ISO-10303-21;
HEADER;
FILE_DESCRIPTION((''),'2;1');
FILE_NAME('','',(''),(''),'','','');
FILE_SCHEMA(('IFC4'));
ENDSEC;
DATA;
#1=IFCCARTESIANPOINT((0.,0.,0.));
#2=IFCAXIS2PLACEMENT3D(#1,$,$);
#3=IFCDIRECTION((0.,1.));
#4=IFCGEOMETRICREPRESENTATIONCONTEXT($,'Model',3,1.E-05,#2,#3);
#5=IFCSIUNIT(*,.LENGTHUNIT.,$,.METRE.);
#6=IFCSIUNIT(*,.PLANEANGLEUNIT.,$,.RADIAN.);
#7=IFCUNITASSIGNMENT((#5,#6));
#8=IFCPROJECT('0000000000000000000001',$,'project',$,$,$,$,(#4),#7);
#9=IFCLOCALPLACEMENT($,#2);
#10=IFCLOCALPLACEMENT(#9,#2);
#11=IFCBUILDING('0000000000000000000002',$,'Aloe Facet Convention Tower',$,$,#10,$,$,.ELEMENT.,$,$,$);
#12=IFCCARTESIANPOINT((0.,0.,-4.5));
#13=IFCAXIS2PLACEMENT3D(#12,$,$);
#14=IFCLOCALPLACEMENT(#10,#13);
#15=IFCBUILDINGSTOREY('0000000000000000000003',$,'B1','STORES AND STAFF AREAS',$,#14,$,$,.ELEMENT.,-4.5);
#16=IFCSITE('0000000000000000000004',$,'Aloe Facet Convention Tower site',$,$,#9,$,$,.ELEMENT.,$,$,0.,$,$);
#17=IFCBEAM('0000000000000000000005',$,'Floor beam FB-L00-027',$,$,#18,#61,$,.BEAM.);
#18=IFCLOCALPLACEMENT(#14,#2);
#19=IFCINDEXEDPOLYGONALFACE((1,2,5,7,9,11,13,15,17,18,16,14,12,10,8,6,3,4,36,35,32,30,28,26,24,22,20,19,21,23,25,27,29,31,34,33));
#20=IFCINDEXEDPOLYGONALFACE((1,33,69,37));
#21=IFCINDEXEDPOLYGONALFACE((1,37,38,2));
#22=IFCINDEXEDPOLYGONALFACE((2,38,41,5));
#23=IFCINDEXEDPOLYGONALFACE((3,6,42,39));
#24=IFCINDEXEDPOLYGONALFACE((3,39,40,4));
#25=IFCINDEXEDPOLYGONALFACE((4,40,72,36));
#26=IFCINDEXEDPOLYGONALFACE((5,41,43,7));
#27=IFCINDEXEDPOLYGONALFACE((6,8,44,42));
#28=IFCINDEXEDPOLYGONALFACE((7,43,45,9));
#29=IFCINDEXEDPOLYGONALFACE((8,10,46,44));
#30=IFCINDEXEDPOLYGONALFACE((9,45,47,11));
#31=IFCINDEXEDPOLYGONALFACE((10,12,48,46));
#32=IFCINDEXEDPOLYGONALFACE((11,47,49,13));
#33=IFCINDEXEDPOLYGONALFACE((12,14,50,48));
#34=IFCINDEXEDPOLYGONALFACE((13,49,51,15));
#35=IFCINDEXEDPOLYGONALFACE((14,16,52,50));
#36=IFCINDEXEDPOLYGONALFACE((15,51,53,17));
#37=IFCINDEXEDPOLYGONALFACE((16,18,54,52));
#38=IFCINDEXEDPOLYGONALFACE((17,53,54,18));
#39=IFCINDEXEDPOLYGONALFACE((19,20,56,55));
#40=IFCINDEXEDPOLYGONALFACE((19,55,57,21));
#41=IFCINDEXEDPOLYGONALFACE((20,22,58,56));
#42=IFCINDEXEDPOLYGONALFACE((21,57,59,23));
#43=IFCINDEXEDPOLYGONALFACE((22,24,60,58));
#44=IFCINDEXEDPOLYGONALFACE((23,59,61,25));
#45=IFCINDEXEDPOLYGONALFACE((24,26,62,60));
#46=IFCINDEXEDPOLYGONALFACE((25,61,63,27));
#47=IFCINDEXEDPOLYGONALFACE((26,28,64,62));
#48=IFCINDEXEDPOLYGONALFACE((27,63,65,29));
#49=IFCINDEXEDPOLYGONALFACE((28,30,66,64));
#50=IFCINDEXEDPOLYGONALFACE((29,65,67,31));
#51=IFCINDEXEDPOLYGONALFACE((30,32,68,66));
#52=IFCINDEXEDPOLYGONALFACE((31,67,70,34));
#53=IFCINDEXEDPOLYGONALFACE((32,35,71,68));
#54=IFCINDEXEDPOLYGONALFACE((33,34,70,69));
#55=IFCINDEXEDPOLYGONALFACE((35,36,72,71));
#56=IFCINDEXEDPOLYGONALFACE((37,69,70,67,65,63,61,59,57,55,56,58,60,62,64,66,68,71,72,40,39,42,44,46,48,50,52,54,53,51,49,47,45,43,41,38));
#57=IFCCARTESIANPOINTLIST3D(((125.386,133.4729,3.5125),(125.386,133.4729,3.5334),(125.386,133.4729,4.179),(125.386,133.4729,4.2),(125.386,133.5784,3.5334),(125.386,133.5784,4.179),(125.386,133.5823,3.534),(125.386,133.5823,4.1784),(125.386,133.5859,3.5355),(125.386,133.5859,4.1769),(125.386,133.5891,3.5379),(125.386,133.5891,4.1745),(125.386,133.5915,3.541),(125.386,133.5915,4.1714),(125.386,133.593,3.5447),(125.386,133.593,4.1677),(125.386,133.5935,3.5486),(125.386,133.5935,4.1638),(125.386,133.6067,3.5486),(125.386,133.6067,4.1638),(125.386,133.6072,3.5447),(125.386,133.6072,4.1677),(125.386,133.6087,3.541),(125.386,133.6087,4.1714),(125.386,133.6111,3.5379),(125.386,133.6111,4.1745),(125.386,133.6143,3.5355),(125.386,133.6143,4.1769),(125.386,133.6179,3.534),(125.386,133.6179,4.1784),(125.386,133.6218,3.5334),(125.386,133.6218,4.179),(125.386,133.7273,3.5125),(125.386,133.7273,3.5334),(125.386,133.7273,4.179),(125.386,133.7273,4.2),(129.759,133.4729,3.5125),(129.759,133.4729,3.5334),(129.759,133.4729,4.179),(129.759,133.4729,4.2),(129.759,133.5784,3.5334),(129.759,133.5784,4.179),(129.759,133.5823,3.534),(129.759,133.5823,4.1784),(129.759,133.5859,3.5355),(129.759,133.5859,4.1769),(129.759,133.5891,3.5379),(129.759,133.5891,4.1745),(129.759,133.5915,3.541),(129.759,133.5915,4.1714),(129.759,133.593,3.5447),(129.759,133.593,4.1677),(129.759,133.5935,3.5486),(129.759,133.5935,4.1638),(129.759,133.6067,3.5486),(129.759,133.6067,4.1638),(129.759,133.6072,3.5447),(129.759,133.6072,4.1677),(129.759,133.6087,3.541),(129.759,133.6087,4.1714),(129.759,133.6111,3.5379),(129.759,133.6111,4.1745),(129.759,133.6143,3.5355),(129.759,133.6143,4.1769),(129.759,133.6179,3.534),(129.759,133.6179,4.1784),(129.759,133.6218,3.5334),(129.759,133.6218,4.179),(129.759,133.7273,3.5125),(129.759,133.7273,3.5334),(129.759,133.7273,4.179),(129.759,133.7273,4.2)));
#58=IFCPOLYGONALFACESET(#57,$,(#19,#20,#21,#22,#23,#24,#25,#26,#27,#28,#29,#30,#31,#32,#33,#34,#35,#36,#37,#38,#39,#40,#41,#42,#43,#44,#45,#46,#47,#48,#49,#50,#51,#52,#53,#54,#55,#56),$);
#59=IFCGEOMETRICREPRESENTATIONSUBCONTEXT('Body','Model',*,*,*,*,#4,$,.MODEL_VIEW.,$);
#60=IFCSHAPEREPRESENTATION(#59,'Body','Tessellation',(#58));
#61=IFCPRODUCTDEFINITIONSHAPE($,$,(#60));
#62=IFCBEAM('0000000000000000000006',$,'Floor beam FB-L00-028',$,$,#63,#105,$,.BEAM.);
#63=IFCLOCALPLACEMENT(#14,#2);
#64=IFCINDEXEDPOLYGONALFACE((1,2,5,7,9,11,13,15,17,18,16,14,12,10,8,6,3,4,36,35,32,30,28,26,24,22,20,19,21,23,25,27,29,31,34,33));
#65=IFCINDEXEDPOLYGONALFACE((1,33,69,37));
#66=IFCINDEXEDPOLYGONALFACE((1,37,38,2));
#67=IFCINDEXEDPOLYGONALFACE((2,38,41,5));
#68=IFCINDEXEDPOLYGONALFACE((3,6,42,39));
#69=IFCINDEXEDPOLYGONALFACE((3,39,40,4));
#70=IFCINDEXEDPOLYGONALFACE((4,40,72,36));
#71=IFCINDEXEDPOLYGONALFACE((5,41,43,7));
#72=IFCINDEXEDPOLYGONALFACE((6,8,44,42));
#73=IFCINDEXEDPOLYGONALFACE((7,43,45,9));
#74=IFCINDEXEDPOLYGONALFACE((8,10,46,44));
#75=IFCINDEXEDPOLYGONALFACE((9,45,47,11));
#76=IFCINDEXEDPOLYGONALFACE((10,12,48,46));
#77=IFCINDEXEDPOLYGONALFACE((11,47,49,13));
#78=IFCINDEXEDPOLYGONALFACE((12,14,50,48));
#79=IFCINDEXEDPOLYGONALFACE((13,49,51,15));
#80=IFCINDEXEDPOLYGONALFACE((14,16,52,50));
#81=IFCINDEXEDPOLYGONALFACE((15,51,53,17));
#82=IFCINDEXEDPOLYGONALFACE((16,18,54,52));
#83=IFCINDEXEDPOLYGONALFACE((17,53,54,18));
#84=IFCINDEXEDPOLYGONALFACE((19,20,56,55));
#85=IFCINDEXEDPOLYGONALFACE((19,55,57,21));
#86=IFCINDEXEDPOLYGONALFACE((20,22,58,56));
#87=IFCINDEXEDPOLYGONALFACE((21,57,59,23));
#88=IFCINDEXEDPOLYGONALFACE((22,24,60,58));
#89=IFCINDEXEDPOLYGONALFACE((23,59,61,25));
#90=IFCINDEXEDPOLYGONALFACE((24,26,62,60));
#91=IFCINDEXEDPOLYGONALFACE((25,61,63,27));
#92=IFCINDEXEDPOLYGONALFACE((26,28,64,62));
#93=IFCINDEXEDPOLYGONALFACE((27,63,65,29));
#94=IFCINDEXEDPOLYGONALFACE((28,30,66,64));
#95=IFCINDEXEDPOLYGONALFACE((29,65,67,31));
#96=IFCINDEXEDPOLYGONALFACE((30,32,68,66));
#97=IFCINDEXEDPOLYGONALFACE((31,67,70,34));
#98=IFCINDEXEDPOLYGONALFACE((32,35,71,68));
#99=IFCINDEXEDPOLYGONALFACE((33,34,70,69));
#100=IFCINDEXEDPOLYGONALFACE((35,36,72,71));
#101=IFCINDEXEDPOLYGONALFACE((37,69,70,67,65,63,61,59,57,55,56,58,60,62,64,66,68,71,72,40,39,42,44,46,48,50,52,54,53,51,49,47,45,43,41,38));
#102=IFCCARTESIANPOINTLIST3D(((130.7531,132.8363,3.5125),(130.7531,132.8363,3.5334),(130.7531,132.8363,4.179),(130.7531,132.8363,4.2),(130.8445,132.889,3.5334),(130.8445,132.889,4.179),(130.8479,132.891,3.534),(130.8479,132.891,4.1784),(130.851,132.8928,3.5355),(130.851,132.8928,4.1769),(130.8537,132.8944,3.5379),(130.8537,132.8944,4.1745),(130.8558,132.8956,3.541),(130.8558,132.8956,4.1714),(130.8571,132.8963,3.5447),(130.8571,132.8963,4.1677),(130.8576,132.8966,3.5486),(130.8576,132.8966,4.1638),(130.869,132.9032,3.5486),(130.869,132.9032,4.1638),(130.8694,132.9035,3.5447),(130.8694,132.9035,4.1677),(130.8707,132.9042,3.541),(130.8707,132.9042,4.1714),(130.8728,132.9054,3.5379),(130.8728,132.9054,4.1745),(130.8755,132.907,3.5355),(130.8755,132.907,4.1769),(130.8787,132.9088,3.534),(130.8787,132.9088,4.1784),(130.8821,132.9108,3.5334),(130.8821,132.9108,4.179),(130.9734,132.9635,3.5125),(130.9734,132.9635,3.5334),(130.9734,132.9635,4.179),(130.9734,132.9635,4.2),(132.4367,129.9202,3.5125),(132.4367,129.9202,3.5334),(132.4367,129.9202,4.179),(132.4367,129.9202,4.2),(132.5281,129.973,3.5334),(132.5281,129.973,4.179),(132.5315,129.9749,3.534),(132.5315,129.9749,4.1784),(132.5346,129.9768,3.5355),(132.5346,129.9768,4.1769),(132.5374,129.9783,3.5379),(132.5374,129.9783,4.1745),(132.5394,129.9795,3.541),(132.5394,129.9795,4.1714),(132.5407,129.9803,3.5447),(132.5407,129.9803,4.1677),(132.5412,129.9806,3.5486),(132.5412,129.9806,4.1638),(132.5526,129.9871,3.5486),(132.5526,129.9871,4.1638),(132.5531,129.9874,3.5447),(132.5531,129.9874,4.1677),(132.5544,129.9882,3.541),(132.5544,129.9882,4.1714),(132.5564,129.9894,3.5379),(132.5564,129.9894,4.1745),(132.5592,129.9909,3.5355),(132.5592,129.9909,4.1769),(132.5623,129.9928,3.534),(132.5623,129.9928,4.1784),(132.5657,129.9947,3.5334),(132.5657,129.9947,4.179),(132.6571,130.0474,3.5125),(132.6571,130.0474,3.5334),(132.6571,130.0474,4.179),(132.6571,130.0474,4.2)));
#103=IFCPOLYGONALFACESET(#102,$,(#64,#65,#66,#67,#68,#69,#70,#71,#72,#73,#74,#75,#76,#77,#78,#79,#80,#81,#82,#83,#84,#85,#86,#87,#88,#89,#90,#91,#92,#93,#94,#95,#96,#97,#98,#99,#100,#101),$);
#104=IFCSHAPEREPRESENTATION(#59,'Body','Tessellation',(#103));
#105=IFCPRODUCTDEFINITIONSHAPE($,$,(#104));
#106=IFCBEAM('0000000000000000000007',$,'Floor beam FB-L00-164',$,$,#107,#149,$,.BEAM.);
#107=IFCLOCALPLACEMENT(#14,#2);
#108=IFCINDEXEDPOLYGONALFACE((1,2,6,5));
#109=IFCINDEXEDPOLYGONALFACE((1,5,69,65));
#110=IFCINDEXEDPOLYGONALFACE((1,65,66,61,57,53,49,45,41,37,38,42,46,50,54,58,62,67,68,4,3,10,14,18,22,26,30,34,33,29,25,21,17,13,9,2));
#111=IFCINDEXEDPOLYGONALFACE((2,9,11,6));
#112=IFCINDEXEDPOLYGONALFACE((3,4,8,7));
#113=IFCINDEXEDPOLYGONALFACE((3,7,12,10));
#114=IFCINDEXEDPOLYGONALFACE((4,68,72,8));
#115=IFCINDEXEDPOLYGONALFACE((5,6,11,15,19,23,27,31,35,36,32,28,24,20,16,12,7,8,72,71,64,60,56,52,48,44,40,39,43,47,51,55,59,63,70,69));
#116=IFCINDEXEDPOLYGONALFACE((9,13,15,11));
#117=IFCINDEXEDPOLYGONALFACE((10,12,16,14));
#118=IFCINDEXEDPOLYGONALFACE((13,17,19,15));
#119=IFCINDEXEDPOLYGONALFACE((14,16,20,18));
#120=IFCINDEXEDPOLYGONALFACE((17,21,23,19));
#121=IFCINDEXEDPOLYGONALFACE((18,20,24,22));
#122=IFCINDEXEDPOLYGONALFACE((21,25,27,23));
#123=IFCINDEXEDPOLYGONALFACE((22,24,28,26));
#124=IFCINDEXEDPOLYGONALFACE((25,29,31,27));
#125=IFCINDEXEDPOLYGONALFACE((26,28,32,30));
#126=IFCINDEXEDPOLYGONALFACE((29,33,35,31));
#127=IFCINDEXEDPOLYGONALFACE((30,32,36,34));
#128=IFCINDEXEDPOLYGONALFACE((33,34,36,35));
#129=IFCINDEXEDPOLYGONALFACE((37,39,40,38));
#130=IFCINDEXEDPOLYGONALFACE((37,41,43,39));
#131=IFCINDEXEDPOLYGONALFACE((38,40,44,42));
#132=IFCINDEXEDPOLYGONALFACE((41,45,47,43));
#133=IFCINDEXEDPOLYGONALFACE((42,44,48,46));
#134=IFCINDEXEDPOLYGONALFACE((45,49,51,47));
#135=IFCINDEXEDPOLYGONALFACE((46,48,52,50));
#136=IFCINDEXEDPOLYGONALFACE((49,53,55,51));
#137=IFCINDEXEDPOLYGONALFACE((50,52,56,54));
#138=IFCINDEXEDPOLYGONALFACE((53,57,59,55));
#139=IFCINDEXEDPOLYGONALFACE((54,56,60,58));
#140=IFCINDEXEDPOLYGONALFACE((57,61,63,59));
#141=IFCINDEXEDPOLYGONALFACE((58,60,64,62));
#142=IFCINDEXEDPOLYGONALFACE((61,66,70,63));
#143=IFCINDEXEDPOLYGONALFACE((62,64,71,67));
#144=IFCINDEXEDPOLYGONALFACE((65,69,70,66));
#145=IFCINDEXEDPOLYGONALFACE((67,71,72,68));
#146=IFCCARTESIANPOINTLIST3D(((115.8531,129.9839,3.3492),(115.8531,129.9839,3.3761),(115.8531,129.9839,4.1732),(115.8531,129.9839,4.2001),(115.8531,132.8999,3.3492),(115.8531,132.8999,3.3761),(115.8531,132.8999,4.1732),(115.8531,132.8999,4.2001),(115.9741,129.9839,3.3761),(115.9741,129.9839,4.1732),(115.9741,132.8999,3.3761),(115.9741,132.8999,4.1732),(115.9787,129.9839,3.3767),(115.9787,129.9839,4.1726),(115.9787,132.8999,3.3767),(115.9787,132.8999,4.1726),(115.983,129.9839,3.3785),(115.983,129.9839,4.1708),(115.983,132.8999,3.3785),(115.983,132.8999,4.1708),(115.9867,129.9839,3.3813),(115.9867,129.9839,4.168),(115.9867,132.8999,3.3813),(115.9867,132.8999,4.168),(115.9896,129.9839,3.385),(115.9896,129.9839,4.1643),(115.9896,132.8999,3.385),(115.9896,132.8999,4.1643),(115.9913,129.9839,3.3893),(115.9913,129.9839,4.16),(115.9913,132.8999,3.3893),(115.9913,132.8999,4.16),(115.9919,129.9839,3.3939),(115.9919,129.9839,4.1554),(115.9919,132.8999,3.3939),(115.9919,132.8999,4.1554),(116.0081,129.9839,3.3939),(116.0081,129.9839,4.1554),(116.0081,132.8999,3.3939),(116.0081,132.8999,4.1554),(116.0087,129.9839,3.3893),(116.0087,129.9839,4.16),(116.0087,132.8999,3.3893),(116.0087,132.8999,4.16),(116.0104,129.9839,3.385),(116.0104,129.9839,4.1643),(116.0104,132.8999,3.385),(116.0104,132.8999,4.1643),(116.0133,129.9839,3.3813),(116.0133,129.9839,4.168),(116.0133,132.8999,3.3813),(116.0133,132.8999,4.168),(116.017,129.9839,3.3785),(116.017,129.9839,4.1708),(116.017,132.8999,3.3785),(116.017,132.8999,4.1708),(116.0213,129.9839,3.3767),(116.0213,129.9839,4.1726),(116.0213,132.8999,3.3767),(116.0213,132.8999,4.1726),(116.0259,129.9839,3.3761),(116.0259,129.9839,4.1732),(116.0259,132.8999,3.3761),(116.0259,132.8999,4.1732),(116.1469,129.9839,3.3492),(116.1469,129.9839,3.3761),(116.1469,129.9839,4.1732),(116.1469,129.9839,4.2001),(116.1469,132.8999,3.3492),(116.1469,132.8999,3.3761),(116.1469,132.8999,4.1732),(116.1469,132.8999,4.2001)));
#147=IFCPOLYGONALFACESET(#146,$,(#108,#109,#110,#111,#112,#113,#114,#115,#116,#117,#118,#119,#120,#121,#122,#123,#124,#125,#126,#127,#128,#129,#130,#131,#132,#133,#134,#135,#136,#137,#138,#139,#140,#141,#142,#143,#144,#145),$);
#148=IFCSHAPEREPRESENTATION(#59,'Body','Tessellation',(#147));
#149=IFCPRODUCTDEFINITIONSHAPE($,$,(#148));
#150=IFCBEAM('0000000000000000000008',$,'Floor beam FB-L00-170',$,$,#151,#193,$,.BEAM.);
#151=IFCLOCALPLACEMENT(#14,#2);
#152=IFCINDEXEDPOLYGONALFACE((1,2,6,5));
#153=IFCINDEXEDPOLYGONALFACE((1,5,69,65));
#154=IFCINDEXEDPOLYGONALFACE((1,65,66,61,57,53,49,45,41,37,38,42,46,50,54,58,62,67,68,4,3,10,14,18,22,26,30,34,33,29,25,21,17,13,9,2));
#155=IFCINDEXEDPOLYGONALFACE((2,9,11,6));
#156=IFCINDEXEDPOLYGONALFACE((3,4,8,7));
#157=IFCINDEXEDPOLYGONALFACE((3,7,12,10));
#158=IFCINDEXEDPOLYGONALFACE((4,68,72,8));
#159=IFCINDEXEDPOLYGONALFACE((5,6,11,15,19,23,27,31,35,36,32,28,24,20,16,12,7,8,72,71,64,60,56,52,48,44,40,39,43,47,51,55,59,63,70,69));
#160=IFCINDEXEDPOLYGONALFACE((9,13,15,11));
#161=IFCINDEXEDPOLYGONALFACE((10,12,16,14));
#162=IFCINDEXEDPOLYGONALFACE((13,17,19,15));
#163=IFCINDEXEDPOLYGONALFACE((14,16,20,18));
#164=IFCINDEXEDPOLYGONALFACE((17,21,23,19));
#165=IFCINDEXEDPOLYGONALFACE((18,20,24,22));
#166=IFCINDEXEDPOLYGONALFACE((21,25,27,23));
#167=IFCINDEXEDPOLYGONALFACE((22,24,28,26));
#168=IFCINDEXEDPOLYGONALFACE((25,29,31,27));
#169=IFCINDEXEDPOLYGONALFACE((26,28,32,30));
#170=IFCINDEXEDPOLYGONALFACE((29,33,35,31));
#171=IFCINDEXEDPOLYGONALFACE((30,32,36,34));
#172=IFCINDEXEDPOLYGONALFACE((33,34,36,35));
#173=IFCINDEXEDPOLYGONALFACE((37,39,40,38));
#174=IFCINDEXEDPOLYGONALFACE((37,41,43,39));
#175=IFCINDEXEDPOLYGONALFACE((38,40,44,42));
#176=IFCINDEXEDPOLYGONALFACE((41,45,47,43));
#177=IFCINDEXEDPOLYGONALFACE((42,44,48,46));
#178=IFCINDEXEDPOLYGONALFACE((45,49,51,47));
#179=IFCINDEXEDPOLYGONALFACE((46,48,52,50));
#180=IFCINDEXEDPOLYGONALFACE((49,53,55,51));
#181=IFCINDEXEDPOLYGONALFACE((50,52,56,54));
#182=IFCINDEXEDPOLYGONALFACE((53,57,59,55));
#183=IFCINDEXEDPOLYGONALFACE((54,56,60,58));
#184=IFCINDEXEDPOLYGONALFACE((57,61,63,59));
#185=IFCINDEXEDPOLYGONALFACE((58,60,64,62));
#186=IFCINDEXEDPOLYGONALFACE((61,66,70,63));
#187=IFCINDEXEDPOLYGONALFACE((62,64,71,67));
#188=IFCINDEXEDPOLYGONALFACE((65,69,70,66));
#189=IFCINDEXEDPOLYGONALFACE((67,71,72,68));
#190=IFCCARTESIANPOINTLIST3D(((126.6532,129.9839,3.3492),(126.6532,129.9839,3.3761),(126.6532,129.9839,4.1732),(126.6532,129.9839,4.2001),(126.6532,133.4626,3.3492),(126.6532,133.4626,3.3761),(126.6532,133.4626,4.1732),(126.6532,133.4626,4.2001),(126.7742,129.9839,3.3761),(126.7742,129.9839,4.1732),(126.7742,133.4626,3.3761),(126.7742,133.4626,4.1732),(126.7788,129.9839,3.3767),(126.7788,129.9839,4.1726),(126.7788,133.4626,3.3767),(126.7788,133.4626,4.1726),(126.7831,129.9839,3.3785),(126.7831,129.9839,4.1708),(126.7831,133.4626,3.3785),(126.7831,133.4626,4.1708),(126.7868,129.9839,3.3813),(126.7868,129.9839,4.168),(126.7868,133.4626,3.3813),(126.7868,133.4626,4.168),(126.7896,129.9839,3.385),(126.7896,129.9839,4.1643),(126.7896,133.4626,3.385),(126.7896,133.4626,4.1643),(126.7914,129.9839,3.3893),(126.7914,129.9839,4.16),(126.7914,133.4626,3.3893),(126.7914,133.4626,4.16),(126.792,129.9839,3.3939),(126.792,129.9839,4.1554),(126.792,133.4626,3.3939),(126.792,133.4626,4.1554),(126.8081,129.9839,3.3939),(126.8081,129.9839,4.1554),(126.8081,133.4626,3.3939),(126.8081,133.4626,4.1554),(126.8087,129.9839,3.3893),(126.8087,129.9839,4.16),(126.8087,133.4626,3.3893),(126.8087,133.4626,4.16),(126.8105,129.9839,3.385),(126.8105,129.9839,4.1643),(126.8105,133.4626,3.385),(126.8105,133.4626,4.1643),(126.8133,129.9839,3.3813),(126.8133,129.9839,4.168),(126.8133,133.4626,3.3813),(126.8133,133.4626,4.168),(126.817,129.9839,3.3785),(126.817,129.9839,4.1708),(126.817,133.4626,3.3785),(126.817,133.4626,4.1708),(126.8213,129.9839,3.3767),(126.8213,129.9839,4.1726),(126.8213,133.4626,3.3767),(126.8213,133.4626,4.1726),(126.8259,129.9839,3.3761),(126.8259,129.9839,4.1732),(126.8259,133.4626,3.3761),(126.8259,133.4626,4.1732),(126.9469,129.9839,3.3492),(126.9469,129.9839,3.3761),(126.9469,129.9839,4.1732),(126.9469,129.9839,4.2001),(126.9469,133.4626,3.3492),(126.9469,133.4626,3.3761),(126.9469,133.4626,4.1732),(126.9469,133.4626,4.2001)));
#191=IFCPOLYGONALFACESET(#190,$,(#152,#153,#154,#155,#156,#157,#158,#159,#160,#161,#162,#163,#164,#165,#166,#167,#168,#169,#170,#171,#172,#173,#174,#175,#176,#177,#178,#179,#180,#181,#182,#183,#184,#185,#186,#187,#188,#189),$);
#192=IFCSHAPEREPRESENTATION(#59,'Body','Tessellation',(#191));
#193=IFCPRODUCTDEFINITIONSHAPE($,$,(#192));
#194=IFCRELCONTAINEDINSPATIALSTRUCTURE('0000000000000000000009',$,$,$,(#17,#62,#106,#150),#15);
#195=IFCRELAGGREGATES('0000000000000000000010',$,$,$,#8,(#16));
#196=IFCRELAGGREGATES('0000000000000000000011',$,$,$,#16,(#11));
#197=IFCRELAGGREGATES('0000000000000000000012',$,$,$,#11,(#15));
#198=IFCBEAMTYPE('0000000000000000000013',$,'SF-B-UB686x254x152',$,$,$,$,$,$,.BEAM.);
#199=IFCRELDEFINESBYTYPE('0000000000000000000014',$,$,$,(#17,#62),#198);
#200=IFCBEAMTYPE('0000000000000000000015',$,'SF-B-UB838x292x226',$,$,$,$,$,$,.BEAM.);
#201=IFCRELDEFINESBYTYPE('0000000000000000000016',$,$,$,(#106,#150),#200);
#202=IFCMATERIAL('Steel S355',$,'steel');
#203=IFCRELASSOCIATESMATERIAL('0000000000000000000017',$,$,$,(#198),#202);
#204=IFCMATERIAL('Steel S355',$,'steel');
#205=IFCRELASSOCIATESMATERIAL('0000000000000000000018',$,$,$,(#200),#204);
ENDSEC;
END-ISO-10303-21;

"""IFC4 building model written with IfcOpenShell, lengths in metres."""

from ifc_helpers import new_model, si_unit, direction, frame, origin, origin_2d, place, context, subcontext, project, spatial, i_section, extrude, material, material_profile, profile_set, type_object, element, save


model = new_model("IFC4")

# Units and contexts
model_context = context("Model", 3, precision=1e-05, world=origin(), true_north=direction((0.0, 1.0)))
body_context = subcontext(model_context, "Body", "Model", "MODEL_VIEW")
ifc_project = project(units=[si_unit("LENGTHUNIT", "METRE"), si_unit("PLANEANGLEUNIT", "RADIAN")], contexts=[model_context])

# Site, building, storey
site_placement = place(None, origin())
site = spatial("IfcSite", under=ifc_project, at=site_placement, Name="Aloe Facet Convention Tower site", CompositionType="ELEMENT", RefElevation=0.0)
building_placement = place(site_placement, origin())
building = spatial("IfcBuilding", under=site, at=building_placement, Name="Aloe Facet Convention Tower", CompositionType="ELEMENT")
storey_placement = place(building_placement, frame((0.0, 0.0, -4.5)))
storey = spatial("IfcBuildingStorey", under=building, at=storey_placement, Name="B1", Description="STORES AND STAFF AREAS", CompositionType="ELEMENT", Elevation=-4.5)

# Beams
ifc_material_1 = material(Name="Steel S355", Category="steel")
ifc_material_profile_1 = material_profile(ifc_material_1, i_section(OverallWidth=0.2544, OverallDepth=0.6875, WebThickness=0.0132, FlangeThickness=0.021, FilletRadius=0.0151, at=origin_2d()), Name="UB 686x254x152")
ifc_profile_set_1 = profile_set([ifc_material_profile_1], Name="Steel S355")
beam_type_1 = type_object("IfcBeamType", Name="SF-B-UB686x254x152", PredefinedType="BEAM", material=ifc_profile_set_1)
beam_1_placement = place(storey_placement, frame((125.386, 133.6001, 3.8562), z_axis=(1.0, 0.0, 0.0), x_axis=(0.0, 1.0, 0.0)))
element("IfcBeam", 1, at=beam_1_placement, inside=storey, type_object=beam_type_1, Name="Floor beam FB-L00-027", PredefinedType="BEAM", context=body_context, shape_type="SweptSolid", body=[
    extrude(i_section(OverallWidth=0.2544, OverallDepth=0.6875, WebThickness=0.0132, FlangeThickness=0.021, FilletRadius=0.0151, at=origin_2d()), origin(), (0.0, 0.0, 1.0), 4.373),
])
beam_2_placement = place(storey_placement, frame((130.8633, 132.8999, 3.8562), z_axis=(0.500007, -0.866021, 0.0), x_axis=(0.866021, 0.500007, 0.0)))
element("IfcBeam", 2, at=beam_2_placement, inside=storey, type_object=beam_type_1, Name="Floor beam FB-L00-028", PredefinedType="BEAM", context=body_context, shape_type="SweptSolid", body=[
    extrude(i_section(OverallWidth=0.2544, OverallDepth=0.6875, WebThickness=0.0132, FlangeThickness=0.021, FilletRadius=0.0151, at=origin_2d()), origin(), (0.0, 0.0, 1.0), 3.3672),
])
ifc_material_2 = material(Name="Steel S355", Category="steel")
ifc_material_profile_2 = material_profile(ifc_material_2, i_section(OverallWidth=0.2937, OverallDepth=0.8508, WebThickness=0.0161, FlangeThickness=0.0269, FilletRadius=0.0178, at=origin_2d()), Name="UB 838x292x226")
ifc_profile_set_2 = profile_set([ifc_material_profile_2], Name="Steel S355")
beam_type_2 = type_object("IfcBeamType", Name="SF-B-UB838x292x226", PredefinedType="BEAM", material=ifc_profile_set_2)
beam_3_placement = place(storey_placement, frame((116.0, 129.9839, 3.7747), z_axis=(0.0, 1.0, 0.0), x_axis=(-1.0, 0.0, 0.0)))
element("IfcBeam", 3, at=beam_3_placement, inside=storey, type_object=beam_type_2, Name="Floor beam FB-L00-164", PredefinedType="BEAM", context=body_context, shape_type="SweptSolid", body=[
    extrude(i_section(OverallWidth=0.2937, OverallDepth=0.8508, WebThickness=0.0161, FlangeThickness=0.0269, FilletRadius=0.0178, at=origin_2d()), origin(), (0.0, 0.0, 1.0), 2.916),
])
beam_4_placement = place(storey_placement, frame((126.8, 129.9839, 3.7747), z_axis=(0.0, 1.0, 0.0), x_axis=(-1.0, 0.0, 0.0)))
element("IfcBeam", 4, at=beam_4_placement, inside=storey, type_object=beam_type_2, Name="Floor beam FB-L00-170", PredefinedType="BEAM", context=body_context, shape_type="SweptSolid", body=[
    extrude(i_section(OverallWidth=0.2937, OverallDepth=0.8508, WebThickness=0.0161, FlangeThickness=0.0269, FilletRadius=0.0178, at=origin_2d()), origin(), (0.0, 0.0, 1.0), 3.4788),
])

save(model, "model.ifc")
